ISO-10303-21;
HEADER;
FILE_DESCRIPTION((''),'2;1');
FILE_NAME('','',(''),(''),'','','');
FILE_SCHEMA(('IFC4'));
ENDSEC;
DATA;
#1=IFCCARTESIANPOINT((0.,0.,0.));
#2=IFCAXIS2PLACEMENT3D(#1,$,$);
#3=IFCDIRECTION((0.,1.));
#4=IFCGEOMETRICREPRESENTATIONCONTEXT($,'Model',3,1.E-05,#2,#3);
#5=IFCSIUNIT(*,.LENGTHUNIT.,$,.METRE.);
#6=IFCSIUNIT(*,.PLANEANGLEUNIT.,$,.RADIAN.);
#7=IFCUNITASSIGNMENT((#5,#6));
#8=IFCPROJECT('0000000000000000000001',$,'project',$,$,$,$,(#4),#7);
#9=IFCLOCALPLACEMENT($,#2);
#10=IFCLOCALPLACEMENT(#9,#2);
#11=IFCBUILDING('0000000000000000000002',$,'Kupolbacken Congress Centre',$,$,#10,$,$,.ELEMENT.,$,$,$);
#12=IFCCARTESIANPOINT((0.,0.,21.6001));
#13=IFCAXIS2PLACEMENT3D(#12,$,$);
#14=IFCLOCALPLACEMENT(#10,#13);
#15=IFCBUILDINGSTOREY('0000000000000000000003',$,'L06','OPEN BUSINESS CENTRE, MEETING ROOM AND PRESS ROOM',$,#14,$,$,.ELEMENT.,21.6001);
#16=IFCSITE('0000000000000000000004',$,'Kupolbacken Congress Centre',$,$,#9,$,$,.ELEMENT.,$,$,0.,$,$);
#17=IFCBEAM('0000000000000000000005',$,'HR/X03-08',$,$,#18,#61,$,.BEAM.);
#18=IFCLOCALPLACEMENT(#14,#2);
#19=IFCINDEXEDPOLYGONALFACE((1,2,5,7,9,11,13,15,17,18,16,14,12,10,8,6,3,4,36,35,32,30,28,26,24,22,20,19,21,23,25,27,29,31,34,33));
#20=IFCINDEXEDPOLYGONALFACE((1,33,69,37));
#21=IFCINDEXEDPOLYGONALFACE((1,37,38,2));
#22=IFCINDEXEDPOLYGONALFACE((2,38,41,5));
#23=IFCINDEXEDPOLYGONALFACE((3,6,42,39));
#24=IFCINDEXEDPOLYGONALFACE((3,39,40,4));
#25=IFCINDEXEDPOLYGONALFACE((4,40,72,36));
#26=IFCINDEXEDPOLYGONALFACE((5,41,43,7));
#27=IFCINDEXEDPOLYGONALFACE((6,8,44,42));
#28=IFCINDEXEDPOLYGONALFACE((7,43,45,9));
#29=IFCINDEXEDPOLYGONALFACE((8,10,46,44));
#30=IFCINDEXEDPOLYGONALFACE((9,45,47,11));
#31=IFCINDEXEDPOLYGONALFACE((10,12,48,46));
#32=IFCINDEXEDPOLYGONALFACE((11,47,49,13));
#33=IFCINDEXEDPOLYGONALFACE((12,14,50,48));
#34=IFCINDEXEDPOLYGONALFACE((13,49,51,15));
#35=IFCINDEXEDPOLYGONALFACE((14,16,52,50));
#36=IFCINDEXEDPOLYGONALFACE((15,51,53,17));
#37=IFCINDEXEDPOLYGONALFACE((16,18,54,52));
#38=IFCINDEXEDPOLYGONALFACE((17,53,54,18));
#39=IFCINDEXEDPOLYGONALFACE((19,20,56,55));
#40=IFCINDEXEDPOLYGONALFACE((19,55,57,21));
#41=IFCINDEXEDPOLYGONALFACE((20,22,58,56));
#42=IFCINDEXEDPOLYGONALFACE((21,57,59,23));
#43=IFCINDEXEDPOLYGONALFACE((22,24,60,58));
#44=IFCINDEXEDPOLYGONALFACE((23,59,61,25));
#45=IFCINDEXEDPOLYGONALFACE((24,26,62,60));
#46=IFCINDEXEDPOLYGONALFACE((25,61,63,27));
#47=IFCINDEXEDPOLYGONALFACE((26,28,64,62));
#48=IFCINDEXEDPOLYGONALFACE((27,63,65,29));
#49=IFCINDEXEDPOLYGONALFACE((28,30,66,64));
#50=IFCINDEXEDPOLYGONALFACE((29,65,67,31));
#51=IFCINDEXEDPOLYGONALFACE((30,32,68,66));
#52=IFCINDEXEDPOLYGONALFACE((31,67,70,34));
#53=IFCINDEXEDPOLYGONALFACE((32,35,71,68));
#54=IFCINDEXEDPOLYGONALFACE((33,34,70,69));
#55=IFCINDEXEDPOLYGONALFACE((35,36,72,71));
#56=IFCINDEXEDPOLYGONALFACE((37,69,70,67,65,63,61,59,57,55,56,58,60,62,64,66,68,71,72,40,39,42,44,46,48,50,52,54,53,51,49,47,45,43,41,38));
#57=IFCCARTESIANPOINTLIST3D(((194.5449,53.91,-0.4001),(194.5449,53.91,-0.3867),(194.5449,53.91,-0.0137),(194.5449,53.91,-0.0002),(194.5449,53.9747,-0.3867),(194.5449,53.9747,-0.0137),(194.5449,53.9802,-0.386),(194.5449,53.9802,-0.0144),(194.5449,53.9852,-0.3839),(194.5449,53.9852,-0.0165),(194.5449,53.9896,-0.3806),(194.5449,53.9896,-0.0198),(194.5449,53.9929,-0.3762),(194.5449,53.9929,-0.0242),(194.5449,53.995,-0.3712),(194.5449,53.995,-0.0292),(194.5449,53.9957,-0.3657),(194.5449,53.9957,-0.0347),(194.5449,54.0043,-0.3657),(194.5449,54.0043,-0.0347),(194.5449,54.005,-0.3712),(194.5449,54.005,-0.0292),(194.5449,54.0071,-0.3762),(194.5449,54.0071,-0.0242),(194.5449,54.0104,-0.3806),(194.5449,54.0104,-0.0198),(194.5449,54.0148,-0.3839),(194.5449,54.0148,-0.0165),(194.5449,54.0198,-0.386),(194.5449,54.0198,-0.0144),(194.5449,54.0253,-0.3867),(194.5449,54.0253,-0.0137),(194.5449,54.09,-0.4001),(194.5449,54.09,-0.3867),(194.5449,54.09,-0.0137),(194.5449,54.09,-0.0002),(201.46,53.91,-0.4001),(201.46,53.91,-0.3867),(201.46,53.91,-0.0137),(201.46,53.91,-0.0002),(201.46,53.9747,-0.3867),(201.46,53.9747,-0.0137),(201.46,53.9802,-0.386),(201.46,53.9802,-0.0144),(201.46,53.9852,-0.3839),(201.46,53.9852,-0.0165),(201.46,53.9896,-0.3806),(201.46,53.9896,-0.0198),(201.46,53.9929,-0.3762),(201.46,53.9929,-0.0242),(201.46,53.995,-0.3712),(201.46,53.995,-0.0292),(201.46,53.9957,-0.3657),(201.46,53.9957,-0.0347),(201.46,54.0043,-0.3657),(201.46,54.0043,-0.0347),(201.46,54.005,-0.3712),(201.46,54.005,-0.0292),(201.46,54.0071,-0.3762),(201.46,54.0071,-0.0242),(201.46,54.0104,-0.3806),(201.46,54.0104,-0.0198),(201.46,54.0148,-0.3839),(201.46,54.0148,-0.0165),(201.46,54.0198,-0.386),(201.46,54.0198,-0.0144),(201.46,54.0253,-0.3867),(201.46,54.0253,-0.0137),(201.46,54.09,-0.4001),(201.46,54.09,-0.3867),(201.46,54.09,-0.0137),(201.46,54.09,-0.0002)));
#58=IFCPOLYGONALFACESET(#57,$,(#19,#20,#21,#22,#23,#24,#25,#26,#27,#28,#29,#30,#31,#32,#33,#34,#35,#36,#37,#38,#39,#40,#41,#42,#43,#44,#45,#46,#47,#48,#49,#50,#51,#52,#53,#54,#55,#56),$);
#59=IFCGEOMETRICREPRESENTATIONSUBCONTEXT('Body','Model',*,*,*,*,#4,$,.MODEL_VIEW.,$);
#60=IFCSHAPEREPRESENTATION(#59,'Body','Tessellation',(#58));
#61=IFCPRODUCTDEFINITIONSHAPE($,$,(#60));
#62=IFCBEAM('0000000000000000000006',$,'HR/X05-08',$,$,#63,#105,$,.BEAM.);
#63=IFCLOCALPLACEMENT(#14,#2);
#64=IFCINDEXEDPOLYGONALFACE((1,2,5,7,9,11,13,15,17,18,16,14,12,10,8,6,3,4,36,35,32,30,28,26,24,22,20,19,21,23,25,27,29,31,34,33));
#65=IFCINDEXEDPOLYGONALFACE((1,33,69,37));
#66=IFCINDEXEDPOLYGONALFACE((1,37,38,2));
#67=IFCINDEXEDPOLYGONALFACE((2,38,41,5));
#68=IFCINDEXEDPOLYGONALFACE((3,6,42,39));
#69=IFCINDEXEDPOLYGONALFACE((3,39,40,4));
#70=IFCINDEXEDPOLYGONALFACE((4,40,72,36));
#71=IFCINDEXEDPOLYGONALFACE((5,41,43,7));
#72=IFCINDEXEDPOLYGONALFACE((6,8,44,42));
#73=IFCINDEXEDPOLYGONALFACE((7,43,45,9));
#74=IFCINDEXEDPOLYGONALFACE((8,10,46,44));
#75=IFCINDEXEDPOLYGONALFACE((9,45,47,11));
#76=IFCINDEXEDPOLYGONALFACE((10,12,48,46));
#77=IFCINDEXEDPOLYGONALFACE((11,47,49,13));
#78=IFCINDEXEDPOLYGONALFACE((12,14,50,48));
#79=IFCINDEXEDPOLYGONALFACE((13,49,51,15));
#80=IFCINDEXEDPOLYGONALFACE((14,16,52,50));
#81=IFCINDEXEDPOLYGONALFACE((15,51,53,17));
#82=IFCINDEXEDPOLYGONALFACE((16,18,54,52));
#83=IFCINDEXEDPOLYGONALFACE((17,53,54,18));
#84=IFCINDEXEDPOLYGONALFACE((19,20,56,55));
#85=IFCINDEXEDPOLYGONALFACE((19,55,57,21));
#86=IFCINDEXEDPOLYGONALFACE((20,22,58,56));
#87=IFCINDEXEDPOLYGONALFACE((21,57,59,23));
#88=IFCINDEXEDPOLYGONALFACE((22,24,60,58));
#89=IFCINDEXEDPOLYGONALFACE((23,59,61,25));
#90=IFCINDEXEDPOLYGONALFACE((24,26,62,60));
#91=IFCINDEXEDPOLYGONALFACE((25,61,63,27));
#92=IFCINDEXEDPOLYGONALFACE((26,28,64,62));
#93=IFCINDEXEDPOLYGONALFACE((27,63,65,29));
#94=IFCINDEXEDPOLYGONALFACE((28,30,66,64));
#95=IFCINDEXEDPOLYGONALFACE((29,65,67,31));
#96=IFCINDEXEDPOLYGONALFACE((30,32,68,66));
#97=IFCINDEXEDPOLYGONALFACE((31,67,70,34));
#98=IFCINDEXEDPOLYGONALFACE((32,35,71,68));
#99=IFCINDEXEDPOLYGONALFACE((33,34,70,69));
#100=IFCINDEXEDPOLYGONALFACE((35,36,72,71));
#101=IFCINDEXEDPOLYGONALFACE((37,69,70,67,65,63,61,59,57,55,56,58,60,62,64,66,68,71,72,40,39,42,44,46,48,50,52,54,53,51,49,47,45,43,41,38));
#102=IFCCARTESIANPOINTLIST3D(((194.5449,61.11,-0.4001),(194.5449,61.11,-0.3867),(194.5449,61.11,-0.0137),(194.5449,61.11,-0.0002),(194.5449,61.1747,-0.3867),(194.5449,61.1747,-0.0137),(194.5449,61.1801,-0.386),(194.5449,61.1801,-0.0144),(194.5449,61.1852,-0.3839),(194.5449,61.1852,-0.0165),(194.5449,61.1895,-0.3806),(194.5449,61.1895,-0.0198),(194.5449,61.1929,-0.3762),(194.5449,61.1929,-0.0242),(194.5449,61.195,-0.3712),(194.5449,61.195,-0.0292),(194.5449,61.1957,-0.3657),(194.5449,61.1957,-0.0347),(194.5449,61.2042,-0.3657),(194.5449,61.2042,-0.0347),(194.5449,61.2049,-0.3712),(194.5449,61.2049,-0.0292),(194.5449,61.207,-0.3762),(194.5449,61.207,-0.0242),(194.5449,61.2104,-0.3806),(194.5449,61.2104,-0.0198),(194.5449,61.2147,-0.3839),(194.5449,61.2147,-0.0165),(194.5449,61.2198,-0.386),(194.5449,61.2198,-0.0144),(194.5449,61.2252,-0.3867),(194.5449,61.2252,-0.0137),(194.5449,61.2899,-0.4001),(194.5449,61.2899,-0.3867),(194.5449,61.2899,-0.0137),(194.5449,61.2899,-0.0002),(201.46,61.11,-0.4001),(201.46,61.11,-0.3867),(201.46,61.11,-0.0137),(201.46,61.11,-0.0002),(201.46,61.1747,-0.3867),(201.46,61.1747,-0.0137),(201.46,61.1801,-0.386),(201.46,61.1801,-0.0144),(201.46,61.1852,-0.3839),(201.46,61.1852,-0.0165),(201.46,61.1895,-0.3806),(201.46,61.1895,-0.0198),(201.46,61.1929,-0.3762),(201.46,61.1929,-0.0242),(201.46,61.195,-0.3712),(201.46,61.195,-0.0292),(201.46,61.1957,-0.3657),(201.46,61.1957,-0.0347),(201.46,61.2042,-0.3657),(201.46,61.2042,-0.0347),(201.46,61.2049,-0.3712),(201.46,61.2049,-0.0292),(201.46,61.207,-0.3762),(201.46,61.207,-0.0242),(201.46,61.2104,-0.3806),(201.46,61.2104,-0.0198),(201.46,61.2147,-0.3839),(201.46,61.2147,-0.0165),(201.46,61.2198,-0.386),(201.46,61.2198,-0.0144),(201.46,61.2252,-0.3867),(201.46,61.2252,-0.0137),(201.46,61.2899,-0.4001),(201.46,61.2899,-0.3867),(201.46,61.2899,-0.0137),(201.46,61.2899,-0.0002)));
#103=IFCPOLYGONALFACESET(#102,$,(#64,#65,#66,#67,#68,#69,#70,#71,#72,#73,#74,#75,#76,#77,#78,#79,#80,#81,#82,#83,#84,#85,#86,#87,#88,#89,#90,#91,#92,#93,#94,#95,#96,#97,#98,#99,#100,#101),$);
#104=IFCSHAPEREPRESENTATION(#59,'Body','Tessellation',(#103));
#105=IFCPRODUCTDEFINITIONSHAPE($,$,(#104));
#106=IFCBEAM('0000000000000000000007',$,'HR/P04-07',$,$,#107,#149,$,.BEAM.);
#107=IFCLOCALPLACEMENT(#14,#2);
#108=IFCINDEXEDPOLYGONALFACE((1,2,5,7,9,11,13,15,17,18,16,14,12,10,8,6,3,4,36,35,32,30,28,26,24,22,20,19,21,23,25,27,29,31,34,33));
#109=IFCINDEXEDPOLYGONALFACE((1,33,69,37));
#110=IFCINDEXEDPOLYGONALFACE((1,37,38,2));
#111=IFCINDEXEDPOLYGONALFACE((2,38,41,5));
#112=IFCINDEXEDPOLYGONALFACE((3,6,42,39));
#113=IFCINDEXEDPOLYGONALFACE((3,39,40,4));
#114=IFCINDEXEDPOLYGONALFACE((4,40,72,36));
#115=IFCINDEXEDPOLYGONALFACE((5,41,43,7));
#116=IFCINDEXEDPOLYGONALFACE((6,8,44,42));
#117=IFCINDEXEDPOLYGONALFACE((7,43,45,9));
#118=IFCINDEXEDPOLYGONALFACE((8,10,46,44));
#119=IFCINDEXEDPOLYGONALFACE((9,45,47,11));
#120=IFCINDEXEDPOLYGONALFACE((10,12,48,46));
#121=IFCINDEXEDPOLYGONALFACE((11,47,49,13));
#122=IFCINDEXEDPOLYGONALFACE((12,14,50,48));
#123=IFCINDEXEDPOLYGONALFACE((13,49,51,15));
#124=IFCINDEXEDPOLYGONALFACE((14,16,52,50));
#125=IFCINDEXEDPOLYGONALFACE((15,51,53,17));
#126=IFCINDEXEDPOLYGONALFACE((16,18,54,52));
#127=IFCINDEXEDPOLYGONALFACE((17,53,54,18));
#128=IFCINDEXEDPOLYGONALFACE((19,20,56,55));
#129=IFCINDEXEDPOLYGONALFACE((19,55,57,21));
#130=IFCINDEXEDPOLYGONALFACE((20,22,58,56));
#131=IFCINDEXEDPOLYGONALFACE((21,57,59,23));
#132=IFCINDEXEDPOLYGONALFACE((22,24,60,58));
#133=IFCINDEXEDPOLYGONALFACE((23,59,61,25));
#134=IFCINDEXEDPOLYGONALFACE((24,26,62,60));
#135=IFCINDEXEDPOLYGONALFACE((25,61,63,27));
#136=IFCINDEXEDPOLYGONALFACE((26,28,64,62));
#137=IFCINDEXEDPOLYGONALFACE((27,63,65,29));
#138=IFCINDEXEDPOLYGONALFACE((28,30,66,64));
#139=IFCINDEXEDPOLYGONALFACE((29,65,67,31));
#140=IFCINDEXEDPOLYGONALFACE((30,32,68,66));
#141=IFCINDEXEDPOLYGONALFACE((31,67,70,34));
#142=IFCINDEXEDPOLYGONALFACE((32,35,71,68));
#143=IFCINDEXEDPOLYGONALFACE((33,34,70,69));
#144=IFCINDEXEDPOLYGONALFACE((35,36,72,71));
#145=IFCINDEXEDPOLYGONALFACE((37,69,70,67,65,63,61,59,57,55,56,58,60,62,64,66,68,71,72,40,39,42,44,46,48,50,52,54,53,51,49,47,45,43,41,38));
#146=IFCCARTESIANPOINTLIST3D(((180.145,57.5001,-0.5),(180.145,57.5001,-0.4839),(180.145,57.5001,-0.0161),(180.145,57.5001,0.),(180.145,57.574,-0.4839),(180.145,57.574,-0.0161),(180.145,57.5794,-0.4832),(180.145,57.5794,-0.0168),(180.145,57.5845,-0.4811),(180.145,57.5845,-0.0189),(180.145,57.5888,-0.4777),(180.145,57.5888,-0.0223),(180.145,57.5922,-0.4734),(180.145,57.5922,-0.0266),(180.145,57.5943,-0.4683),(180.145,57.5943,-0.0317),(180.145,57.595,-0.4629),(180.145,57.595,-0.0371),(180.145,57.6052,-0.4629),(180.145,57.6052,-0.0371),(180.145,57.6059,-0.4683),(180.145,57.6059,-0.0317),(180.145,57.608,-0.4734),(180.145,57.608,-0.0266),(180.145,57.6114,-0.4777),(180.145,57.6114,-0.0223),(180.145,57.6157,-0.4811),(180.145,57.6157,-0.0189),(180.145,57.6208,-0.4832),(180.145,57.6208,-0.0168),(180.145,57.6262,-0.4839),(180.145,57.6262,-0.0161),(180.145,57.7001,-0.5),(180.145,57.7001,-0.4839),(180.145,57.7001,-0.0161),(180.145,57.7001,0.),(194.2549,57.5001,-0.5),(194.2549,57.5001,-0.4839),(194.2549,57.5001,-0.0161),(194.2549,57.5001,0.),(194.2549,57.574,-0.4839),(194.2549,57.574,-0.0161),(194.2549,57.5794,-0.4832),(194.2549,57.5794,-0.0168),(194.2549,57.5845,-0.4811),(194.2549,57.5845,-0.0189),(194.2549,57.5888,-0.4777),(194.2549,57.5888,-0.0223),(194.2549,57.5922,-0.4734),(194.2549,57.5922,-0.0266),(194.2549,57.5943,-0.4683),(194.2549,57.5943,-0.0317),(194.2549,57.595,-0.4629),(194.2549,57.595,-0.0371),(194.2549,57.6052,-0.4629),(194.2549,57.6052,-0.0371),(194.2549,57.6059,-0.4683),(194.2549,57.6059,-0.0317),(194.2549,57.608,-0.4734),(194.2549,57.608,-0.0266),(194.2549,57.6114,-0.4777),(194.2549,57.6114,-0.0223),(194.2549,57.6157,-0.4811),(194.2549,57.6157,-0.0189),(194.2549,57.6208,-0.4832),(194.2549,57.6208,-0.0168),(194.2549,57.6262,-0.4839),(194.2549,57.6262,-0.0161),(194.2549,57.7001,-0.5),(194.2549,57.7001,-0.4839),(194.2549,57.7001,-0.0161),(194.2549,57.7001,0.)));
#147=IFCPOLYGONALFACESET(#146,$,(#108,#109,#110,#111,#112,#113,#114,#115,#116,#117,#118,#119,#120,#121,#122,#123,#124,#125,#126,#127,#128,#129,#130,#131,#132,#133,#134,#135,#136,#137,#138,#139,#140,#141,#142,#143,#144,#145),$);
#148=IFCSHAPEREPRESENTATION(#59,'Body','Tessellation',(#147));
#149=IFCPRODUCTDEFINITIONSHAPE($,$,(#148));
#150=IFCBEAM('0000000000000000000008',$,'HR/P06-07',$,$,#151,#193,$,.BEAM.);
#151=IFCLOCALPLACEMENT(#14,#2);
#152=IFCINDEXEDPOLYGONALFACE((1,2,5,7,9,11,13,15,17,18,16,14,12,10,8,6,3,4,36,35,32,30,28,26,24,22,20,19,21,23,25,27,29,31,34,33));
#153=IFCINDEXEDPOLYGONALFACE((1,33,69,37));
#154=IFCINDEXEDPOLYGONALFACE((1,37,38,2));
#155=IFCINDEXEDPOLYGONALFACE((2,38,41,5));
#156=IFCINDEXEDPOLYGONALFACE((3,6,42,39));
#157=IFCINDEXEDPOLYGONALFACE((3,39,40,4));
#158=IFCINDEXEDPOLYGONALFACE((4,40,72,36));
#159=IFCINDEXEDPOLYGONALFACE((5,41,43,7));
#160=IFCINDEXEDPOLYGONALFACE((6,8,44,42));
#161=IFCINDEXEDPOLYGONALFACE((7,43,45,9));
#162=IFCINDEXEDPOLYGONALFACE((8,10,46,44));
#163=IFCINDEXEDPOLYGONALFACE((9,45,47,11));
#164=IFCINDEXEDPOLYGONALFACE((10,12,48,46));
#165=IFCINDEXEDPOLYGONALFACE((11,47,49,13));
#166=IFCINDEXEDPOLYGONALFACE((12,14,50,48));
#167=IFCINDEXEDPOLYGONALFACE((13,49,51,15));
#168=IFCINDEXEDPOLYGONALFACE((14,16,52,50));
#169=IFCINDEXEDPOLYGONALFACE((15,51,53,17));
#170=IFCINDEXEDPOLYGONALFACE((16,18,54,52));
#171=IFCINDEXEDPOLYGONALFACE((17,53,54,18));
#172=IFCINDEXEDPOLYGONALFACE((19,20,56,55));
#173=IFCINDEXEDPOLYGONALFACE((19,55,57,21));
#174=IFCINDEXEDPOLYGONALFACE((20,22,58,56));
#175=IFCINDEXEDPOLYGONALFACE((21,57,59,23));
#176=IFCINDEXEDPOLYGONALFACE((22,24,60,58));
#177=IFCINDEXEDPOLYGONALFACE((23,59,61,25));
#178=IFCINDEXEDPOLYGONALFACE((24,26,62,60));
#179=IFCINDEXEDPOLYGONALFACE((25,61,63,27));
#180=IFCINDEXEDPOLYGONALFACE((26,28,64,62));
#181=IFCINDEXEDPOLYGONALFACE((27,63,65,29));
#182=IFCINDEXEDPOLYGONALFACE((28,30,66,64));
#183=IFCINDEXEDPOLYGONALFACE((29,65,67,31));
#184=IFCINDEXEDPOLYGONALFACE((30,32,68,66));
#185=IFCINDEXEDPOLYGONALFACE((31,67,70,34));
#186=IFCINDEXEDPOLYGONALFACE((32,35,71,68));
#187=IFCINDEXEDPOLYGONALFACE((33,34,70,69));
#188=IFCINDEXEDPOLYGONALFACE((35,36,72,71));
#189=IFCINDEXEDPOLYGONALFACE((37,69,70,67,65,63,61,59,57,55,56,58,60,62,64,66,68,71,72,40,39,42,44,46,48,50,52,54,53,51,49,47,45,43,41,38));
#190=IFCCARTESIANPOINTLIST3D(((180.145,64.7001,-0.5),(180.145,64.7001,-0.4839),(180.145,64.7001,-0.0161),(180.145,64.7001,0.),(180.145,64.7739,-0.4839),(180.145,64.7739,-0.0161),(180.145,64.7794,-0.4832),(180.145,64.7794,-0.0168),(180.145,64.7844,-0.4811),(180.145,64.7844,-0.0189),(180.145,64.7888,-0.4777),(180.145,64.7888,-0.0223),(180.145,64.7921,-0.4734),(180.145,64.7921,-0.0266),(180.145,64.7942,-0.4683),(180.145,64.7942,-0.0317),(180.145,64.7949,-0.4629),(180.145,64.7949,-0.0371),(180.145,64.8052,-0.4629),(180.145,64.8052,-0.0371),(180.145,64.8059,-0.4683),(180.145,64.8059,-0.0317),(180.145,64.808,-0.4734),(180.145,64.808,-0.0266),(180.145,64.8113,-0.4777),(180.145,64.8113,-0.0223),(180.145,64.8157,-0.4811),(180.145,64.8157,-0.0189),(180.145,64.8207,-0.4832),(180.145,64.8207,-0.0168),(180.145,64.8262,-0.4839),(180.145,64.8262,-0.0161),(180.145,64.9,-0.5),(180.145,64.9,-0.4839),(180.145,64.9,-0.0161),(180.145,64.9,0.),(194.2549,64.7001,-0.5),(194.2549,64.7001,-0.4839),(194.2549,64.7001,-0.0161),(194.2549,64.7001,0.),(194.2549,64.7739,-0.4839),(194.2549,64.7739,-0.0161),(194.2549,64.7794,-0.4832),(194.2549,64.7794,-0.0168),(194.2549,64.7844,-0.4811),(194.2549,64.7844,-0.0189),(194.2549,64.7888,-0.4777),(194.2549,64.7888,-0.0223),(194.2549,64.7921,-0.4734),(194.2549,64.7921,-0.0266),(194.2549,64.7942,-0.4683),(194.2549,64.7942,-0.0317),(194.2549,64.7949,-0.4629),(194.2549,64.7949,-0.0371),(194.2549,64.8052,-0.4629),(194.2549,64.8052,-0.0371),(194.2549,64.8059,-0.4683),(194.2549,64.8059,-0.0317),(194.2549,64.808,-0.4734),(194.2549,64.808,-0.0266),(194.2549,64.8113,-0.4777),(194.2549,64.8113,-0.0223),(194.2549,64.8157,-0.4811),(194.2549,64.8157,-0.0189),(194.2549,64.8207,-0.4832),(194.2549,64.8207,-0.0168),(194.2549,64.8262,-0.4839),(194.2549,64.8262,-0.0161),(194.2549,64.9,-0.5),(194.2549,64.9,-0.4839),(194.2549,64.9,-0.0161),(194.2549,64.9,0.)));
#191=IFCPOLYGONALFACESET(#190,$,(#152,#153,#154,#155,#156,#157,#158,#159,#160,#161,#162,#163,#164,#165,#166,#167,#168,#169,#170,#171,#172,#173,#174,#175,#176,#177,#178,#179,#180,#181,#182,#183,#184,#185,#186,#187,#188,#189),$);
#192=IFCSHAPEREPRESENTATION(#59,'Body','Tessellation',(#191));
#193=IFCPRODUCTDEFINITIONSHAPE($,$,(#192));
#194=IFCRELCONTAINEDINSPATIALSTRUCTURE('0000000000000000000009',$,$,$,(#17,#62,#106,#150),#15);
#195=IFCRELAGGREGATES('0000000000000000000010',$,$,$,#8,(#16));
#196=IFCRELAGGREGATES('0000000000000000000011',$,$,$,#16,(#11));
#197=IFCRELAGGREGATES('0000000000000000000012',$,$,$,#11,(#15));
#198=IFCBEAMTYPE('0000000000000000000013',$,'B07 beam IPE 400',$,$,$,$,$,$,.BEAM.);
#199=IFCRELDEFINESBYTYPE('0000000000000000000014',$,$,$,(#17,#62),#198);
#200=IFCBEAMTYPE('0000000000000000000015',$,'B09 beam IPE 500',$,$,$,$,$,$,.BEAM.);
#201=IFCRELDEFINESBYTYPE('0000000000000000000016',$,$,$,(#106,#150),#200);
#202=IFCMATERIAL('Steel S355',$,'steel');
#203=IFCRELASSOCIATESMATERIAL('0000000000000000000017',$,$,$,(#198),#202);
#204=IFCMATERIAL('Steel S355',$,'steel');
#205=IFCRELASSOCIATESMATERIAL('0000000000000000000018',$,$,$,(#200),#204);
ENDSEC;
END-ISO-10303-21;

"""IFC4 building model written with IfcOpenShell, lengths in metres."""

from ifc_helpers import new_model, si_unit, direction, frame, origin, origin_2d, place, context, subcontext, project, spatial, i_section, extrude, material, material_profile, profile_set, type_object, element, save


model = new_model("IFC4")

# Units and contexts
model_context = context("Model", 3, precision=1e-05, world=origin(), true_north=direction((0.0, 1.0)))
body_context = subcontext(model_context, "Body", "Model", "MODEL_VIEW")
ifc_project = project(units=[si_unit("LENGTHUNIT", "METRE"), si_unit("PLANEANGLEUNIT", "RADIAN")], contexts=[model_context])

# Site, building, storey
site_placement = place(None, origin())
site = spatial("IfcSite", under=ifc_project, at=site_placement, Name="Kupolbacken Congress Centre", CompositionType="ELEMENT", RefElevation=0.0)
building_placement = place(site_placement, origin())
building = spatial("IfcBuilding", under=site, at=building_placement, Name="Kupolbacken Congress Centre", CompositionType="ELEMENT")
storey_placement = place(building_placement, frame((0.0, 0.0, 21.6001)))
storey = spatial("IfcBuildingStorey", under=building, at=storey_placement, Name="L06", Description="OPEN BUSINESS CENTRE, MEETING ROOM AND PRESS ROOM", CompositionType="ELEMENT", Elevation=21.6001)

# Beams
ifc_material_1 = material(Name="Steel S355", Category="steel")
ifc_material_profile_1 = material_profile(ifc_material_1, i_section(OverallWidth=0.1799, OverallDepth=0.3999, WebThickness=0.0085, FlangeThickness=0.0134, FilletRadius=0.021, at=origin_2d()), Name="IPE 400")
ifc_profile_set_1 = profile_set([ifc_material_profile_1], Name="Steel S355")
beam_type_1 = type_object("IfcBeamType", Name="B07 beam IPE 400", PredefinedType="BEAM", material=ifc_profile_set_1)
for number, where, z_axis, x_axis, name in (
    (1, (194.5449, 54.0, -0.2002), (1.0, 0.0, 0.0), (0.0, 1.0, 0.0), "HR/X03-08"),
    (2, (194.5449, 61.2, -0.2002), (1.0, 0.0, 0.0), (0.0, 1.0, 0.0), "HR/X05-08"),
):
    element("IfcBeam", number, at=place(storey_placement, frame(where, z_axis=z_axis, x_axis=x_axis)), inside=storey, type_object=beam_type_1, Name=name, PredefinedType="BEAM", context=body_context, shape_type="SweptSolid", body=[
        extrude(i_section(OverallWidth=0.1799, OverallDepth=0.3999, WebThickness=0.0085, FlangeThickness=0.0134, FilletRadius=0.021, at=origin_2d()), origin(), (0.0, 0.0, 1.0), 6.915),
    ])
ifc_material_2 = material(Name="Steel S355", Category="steel")
ifc_material_profile_2 = material_profile(ifc_material_2, i_section(OverallWidth=0.2, OverallDepth=0.5, WebThickness=0.0103, FlangeThickness=0.0161, FilletRadius=0.021, at=origin_2d()), Name="IPE 500")
ifc_profile_set_2 = profile_set([ifc_material_profile_2], Name="Steel S355")
beam_type_2 = type_object("IfcBeamType", Name="B09 beam IPE 500", PredefinedType="BEAM", material=ifc_profile_set_2)
for number, where, z_axis, x_axis, name in (
    (3, (180.145, 57.6001, -0.25), (1.0, 0.0, 0.0), (0.0, 1.0, 0.0), "HR/P04-07"),
    (4, (180.145, 64.8, -0.25), (1.0, 0.0, 0.0), (0.0, 1.0, 0.0), "HR/P06-07"),
):
    element("IfcBeam", number, at=place(storey_placement, frame(where, z_axis=z_axis, x_axis=x_axis)), inside=storey, type_object=beam_type_2, Name=name, PredefinedType="BEAM", context=body_context, shape_type="SweptSolid", body=[
        extrude(i_section(OverallWidth=0.2, OverallDepth=0.5, WebThickness=0.0103, FlangeThickness=0.0161, FilletRadius=0.021, at=origin_2d()), origin(), (0.0, 0.0, 1.0), 14.1099),
    ])

save(model, "model.ifc")
